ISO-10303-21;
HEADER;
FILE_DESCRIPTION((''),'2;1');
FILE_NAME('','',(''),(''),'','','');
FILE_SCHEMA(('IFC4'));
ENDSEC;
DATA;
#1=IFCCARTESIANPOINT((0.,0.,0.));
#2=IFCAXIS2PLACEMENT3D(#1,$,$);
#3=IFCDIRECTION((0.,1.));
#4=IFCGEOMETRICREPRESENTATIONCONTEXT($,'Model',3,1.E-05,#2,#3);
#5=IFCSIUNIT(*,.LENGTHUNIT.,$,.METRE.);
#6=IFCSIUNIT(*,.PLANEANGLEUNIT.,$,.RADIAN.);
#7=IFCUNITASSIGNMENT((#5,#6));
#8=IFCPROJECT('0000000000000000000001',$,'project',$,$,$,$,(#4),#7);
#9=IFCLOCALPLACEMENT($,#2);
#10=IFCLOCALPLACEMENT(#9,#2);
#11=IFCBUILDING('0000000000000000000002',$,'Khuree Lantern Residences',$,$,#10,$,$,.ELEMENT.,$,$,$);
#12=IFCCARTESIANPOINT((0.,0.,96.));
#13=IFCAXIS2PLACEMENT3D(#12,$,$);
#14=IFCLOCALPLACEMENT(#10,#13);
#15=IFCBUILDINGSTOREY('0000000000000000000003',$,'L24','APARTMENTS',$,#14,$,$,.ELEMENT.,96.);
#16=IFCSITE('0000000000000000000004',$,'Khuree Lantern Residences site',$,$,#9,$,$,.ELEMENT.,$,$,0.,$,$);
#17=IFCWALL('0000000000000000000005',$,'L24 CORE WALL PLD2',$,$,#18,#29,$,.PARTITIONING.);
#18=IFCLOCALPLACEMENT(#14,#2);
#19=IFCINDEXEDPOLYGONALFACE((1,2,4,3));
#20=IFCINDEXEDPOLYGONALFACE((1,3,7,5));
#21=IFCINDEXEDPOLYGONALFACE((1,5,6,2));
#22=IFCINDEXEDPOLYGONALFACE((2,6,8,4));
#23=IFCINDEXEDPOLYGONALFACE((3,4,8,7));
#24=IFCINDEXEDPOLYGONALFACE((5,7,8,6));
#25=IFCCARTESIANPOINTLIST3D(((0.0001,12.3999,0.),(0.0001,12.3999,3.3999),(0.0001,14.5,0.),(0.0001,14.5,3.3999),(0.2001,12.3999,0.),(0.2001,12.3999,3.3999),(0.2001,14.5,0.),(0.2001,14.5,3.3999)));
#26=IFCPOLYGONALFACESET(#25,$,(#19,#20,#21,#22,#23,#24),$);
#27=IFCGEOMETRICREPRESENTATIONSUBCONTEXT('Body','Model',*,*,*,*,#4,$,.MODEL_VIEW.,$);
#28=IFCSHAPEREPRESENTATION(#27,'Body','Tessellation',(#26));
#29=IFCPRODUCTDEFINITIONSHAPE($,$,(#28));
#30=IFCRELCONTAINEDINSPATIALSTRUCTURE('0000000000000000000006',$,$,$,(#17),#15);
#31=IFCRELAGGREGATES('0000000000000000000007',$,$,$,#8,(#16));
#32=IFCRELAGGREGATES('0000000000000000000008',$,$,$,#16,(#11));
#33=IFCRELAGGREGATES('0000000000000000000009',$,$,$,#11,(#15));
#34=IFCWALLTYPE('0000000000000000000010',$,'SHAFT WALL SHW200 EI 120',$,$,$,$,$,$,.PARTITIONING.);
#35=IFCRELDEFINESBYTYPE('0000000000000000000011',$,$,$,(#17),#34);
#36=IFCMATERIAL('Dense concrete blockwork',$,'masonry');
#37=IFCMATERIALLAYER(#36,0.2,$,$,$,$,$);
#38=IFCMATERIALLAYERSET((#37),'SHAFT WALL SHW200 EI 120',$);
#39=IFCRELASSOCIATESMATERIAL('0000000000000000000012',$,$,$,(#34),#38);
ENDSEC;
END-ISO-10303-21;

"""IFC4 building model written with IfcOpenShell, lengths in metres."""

from ifc_helpers import new_model, si_unit, direction, frame, frame_2d, origin, place, context, subcontext, project, spatial, rectangle, extrude, material, layer, layer_set, type_object, element, save


model = new_model("IFC4")

# Units and contexts
model_context = context("Model", 3, precision=1e-05, world=origin(), true_north=direction((0.0, 1.0)))
body_context = subcontext(model_context, "Body", "Model", "MODEL_VIEW")
ifc_project = project(units=[si_unit("LENGTHUNIT", "METRE"), si_unit("PLANEANGLEUNIT", "RADIAN")], contexts=[model_context])

# Site, building, storey
site_placement = place(None, origin())
site = spatial("IfcSite", under=ifc_project, at=site_placement, Name="Khuree Lantern Residences site", CompositionType="ELEMENT", RefElevation=0.0)
building_placement = place(site_placement, origin())
building = spatial("IfcBuilding", under=site, at=building_placement, Name="Khuree Lantern Residences", CompositionType="ELEMENT")
storey_placement = place(building_placement, frame((0.0, 0.0, 96.0)))
storey = spatial("IfcBuildingStorey", under=building, at=storey_placement, Name="L24", Description="APARTMENTS", CompositionType="ELEMENT", Elevation=96.0)

# Shared definitions
ifc_material_1 = material(Name="Dense concrete blockwork", Category="masonry")

# Wall
ifc_layer_1 = layer(ifc_material_1, 0.2)
ifc_layer_set_1 = layer_set([ifc_layer_1], Name="SHAFT WALL SHW200 EI 120")
wall_type_1 = type_object("IfcWallType", Name="SHAFT WALL SHW200 EI 120", PredefinedType="PARTITIONING", material=ifc_layer_set_1)
wall_1_placement = place(storey_placement, frame((0.1001, 12.3999, 0.0), z_axis=(0.0, 0.0, 1.0), x_axis=(0.0, 1.0, 0.0)))
element("IfcWall", 1, at=wall_1_placement, inside=storey, type_object=wall_type_1, Name="L24 CORE WALL PLD2", PredefinedType="PARTITIONING", context=body_context, shape_type="SweptSolid", body=[
    extrude(rectangle(XDim=2.1001, YDim=0.2, at=frame_2d((1.05, 0.0))), origin(), (0.0, 0.0, 1.0), 3.3999),
])

save(model, "model.ifc")
